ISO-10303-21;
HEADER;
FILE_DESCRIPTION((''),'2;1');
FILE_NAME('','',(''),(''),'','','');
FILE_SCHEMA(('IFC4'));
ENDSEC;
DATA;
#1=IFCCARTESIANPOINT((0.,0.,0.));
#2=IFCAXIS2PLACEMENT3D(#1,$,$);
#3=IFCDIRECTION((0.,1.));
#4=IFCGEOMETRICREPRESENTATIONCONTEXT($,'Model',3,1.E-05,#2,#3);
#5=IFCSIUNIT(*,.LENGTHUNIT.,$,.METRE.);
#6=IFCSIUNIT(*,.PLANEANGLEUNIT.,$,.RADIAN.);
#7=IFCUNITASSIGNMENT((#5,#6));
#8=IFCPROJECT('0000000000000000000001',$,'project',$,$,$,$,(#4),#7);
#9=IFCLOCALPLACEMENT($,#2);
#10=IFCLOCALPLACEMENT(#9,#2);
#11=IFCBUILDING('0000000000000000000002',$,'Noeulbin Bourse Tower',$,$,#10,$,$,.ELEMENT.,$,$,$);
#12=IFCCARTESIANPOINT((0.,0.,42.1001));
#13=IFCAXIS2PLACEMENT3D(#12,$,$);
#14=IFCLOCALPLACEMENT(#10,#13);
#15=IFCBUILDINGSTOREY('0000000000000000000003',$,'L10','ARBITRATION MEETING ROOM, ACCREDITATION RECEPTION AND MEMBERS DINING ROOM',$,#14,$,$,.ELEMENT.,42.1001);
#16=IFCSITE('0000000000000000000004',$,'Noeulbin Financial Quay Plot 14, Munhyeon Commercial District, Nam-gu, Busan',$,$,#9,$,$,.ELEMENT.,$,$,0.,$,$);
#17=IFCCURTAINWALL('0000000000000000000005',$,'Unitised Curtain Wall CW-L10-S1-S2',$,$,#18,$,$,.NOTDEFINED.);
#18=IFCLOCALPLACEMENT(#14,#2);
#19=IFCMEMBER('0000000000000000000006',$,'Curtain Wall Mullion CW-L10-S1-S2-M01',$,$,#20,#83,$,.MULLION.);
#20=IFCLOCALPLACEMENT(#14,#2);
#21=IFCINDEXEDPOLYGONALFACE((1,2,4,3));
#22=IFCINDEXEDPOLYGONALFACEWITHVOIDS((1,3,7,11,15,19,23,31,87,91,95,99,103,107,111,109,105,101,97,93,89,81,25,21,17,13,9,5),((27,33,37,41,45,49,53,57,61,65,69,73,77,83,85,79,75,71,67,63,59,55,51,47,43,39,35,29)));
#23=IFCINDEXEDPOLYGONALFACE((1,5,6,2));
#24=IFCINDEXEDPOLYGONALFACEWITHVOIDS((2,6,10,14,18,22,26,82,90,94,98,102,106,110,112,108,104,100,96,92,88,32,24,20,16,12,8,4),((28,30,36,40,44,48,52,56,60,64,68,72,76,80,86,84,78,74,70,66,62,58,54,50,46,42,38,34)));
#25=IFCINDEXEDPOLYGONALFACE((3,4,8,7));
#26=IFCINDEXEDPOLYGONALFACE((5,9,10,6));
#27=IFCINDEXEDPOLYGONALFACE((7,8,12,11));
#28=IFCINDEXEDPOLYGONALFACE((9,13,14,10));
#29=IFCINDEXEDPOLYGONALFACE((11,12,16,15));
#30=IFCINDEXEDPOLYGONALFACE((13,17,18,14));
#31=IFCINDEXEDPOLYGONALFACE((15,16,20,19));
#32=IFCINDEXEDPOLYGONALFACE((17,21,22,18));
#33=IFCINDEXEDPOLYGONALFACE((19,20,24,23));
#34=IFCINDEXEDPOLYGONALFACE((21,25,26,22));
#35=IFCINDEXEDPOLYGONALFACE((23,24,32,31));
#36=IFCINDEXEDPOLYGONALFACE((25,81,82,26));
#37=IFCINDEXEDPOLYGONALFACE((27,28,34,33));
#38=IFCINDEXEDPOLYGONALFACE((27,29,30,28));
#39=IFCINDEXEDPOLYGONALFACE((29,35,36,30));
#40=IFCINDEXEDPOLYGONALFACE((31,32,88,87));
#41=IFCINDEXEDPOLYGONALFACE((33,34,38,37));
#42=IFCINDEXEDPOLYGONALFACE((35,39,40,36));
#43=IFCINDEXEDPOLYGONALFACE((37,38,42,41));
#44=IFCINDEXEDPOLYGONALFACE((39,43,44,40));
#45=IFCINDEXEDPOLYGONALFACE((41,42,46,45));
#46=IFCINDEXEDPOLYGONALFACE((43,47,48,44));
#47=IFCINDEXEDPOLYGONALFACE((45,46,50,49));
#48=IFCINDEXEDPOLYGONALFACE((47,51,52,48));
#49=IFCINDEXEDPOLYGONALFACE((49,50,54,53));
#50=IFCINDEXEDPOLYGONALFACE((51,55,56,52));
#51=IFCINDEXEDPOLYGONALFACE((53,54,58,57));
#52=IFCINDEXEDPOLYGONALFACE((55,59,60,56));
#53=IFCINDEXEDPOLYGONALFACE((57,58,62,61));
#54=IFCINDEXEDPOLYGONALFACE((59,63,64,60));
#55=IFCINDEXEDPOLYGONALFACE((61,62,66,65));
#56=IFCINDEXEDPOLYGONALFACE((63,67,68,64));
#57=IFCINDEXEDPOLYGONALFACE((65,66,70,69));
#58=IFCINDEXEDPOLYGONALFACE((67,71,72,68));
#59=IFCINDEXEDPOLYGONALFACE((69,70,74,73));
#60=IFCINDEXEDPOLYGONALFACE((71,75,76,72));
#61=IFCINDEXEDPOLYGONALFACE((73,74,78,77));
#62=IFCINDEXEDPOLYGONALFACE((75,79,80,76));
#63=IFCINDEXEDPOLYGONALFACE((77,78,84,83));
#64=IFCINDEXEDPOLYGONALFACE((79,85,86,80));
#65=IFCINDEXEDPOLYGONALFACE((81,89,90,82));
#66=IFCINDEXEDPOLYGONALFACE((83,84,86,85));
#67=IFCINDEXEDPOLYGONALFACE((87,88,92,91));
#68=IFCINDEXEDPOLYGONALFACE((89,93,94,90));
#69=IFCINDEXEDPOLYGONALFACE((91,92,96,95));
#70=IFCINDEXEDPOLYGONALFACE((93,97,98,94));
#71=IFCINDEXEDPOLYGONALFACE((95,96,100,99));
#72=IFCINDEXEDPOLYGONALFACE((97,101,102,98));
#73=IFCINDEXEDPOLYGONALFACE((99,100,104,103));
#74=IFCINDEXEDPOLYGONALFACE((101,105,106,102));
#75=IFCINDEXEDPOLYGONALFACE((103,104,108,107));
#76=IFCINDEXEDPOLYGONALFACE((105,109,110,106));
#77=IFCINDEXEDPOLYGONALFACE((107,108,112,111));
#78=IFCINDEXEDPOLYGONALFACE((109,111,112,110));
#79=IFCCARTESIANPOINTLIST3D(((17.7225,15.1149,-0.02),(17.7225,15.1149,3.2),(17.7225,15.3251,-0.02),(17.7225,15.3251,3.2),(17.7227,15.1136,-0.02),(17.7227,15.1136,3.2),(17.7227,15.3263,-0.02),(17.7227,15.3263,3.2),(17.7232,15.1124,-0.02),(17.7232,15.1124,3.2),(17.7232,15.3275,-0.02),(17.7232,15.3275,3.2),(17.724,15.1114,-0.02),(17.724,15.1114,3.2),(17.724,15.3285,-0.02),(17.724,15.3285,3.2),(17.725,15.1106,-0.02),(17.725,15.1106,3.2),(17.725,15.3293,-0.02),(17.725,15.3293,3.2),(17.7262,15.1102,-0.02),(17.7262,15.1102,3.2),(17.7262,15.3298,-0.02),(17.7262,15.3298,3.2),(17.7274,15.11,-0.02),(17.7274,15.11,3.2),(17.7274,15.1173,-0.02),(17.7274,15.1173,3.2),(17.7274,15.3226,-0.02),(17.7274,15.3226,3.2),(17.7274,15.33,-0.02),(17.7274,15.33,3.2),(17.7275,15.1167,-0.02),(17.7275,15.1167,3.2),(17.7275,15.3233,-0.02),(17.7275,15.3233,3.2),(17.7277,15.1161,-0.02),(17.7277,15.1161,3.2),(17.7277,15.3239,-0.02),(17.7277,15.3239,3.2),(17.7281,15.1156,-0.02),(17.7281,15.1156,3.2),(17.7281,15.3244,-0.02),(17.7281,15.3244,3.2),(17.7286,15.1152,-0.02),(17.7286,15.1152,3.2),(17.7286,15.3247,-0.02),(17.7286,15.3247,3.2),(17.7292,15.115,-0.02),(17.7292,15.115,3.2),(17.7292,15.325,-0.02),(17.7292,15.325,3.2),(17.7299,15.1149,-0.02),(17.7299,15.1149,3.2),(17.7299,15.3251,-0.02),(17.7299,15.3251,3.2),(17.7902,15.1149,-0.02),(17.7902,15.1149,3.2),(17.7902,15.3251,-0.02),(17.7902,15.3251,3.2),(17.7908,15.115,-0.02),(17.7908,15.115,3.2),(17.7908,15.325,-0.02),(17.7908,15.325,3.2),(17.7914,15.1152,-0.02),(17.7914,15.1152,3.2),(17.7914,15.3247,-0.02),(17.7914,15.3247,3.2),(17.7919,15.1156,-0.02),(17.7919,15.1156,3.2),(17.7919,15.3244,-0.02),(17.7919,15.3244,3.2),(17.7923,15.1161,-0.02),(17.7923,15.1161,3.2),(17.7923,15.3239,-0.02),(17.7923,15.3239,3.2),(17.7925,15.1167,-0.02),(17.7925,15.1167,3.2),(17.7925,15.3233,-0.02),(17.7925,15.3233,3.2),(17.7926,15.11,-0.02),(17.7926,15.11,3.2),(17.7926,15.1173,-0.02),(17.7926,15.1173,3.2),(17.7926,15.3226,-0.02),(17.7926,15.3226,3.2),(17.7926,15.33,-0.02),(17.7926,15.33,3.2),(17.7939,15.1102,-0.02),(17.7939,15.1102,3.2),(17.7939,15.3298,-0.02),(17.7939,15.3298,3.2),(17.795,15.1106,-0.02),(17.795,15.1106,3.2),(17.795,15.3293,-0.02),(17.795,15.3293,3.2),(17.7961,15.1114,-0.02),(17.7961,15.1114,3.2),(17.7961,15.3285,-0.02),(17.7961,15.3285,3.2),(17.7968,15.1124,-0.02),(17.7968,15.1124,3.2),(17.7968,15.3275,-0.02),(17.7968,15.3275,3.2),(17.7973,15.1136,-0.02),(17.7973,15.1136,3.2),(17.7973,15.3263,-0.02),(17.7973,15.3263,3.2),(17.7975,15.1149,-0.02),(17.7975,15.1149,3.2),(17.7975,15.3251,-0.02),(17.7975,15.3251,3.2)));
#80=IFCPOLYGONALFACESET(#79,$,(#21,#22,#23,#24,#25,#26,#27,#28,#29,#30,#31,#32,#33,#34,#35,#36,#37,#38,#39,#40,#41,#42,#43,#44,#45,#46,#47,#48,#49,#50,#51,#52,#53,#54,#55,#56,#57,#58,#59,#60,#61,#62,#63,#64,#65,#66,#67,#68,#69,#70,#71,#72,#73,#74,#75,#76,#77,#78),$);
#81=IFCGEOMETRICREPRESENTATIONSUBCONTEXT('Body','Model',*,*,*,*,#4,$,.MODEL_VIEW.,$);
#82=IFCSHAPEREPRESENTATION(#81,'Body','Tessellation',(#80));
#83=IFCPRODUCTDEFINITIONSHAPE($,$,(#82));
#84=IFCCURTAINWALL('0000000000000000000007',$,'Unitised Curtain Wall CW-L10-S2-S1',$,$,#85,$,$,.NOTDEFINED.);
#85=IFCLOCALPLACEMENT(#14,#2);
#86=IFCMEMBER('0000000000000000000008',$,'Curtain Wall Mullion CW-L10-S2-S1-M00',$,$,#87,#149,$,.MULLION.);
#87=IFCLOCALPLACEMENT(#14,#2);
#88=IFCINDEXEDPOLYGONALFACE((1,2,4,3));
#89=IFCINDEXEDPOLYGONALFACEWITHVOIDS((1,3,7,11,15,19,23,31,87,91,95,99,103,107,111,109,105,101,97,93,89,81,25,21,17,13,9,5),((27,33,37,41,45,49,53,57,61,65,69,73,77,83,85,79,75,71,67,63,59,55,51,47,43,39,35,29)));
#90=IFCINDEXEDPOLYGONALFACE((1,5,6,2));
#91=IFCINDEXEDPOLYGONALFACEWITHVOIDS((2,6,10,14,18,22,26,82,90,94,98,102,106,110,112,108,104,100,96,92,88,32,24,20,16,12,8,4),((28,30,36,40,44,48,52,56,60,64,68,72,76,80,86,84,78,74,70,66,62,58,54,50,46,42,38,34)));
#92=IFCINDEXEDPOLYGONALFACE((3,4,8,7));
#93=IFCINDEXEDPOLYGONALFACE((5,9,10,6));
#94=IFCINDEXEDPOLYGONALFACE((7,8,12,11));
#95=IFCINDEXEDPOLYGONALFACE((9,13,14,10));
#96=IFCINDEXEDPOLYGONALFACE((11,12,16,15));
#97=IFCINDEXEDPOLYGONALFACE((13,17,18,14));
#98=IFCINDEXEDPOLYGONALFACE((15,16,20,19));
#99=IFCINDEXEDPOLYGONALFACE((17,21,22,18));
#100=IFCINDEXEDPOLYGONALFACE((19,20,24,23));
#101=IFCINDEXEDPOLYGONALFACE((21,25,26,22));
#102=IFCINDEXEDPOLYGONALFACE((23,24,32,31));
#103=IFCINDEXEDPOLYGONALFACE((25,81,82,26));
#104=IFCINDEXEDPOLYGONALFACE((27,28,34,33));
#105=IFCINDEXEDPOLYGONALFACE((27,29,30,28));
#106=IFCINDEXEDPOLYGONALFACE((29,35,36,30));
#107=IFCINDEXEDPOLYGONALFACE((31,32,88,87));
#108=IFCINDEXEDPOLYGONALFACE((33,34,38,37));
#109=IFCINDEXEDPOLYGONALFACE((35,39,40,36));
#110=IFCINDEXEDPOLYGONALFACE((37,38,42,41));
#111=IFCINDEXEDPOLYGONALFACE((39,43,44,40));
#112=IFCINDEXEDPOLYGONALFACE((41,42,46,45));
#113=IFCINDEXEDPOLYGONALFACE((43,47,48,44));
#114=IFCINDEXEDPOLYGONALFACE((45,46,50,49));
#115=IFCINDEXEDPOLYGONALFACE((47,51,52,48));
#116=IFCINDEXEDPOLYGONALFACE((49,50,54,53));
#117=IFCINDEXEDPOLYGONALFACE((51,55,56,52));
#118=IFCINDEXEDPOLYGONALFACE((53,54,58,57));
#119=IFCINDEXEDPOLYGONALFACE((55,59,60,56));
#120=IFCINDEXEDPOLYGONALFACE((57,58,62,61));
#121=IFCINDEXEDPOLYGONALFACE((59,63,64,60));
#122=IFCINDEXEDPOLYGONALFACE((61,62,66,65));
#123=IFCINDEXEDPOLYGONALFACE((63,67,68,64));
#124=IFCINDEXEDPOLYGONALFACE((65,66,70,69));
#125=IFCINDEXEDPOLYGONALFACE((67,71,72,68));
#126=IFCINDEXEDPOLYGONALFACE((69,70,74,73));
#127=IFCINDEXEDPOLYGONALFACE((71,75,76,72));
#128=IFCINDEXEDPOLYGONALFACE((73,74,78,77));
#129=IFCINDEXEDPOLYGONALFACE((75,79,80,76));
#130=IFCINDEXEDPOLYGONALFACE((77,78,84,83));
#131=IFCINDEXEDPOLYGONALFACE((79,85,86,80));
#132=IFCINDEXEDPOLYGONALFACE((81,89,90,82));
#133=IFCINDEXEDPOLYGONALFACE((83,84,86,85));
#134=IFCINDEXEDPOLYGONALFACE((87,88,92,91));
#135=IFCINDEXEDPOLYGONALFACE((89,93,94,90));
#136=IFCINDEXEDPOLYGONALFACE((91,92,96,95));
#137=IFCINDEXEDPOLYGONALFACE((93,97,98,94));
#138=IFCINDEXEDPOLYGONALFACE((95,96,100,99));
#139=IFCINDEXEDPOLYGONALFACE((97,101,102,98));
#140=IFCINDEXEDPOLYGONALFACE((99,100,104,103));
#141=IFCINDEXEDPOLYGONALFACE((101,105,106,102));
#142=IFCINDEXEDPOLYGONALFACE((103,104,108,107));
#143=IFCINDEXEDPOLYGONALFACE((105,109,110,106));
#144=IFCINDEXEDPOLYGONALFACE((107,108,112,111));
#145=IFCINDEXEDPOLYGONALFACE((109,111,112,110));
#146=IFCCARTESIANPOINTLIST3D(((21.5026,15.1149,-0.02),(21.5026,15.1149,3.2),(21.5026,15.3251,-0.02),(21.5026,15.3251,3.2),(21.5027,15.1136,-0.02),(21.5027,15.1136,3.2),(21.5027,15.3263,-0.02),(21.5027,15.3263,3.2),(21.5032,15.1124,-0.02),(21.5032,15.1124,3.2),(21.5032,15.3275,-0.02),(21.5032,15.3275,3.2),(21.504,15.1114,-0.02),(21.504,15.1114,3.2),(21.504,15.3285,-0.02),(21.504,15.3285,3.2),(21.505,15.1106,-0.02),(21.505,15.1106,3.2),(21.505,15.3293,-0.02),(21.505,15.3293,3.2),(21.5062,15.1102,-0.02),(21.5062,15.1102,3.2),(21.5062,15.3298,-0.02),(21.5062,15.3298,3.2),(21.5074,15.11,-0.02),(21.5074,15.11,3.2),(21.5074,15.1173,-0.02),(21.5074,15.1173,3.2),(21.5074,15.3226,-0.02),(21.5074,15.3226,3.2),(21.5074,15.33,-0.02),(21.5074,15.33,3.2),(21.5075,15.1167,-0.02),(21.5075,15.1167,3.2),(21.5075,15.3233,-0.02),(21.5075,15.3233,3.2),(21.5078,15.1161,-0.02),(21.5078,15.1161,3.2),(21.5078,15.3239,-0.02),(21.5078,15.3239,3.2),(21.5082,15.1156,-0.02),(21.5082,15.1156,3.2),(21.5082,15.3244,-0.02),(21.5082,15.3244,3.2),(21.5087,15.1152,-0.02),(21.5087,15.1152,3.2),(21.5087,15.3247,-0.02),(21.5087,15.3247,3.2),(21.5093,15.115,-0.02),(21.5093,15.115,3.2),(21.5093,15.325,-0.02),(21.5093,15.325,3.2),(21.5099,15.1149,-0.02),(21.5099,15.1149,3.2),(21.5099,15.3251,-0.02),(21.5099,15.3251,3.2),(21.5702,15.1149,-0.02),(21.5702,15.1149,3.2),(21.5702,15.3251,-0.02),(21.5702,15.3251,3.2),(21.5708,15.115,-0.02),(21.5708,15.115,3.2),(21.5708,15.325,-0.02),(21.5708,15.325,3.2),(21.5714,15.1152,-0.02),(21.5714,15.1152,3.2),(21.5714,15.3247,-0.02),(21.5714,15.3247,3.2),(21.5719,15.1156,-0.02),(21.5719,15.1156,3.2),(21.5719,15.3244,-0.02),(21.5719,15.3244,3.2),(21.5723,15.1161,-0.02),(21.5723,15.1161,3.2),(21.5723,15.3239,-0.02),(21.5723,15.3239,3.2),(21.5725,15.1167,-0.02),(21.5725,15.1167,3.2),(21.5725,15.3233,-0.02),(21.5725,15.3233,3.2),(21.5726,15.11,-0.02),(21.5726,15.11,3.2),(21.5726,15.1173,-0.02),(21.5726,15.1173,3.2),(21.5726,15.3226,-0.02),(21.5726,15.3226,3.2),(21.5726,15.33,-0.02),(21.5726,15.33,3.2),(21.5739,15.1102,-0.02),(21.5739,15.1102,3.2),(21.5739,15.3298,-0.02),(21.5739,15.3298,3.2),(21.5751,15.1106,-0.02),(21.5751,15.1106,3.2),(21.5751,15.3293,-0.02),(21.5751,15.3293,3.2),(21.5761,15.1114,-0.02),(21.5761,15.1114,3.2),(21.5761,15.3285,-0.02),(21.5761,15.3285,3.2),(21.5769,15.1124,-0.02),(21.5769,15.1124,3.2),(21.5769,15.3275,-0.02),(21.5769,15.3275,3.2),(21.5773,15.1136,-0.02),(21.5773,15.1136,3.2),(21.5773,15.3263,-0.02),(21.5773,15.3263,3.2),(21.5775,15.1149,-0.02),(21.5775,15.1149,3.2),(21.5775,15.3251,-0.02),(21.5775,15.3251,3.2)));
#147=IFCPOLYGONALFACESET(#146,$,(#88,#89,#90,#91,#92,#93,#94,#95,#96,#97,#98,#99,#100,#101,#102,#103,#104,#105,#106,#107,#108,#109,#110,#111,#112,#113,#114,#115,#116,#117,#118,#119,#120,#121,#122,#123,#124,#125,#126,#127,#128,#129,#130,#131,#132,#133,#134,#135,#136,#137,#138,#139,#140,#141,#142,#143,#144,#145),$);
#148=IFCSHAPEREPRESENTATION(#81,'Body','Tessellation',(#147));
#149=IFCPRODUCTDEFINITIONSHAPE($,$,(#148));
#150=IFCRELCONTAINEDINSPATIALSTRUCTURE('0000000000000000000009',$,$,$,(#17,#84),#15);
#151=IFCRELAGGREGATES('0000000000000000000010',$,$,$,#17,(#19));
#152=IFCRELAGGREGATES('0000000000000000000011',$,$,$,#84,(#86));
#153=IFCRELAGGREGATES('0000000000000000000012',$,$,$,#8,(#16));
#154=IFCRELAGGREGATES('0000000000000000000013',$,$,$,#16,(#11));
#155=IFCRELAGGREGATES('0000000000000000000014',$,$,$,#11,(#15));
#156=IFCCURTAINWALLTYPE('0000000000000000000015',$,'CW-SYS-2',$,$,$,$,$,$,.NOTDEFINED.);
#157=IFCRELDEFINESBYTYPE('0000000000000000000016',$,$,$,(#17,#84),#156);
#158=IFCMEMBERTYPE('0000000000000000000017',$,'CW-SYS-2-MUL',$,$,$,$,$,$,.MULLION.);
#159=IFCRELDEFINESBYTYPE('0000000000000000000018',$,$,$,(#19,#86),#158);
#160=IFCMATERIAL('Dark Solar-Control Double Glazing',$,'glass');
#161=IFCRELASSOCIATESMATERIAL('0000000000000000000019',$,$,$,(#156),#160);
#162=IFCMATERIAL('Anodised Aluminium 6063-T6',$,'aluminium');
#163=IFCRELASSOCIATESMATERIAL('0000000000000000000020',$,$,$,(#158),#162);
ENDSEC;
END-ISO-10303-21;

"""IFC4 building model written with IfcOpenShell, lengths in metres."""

from ifc_helpers import new_model, si_unit, direction, frame, origin, origin_2d, place, context, subcontext, project, spatial, hollow_rectangle, extrude, material, material_profile, profile_set, type_object, element, aggregate, save


model = new_model("IFC4")

# Units and contexts
model_context = context("Model", 3, precision=1e-05, world=origin(), true_north=direction((0.0, 1.0)))
body_context = subcontext(model_context, "Body", "Model", "MODEL_VIEW")
ifc_project = project(units=[si_unit("LENGTHUNIT", "METRE"), si_unit("PLANEANGLEUNIT", "RADIAN")], contexts=[model_context])

# Site, building, storey
site_placement = place(None, origin())
site = spatial("IfcSite", under=ifc_project, at=site_placement, Name="Noeulbin Financial Quay Plot 14, Munhyeon Commercial District, Nam-gu, Busan", CompositionType="ELEMENT", RefElevation=0.0)
building_placement = place(site_placement, origin())
building = spatial("IfcBuilding", under=site, at=building_placement, Name="Noeulbin Bourse Tower", CompositionType="ELEMENT")
storey_placement = place(building_placement, frame((0.0, 0.0, 42.1001)))
storey = spatial("IfcBuildingStorey", under=building, at=storey_placement, Name="L10", Description="ARBITRATION MEETING ROOM, ACCREDITATION RECEPTION AND MEMBERS DINING ROOM", CompositionType="ELEMENT", Elevation=42.1001)

# Curtain wall, member
ifc_material_1 = material(Name="Dark Solar-Control Double Glazing", Category="glass")
curtain_wall_type = type_object("IfcCurtainWallType", Name="CW-SYS-2", PredefinedType="NOTDEFINED", material=ifc_material_1)
curtain_wall_1_placement = place(storey_placement, origin())
curtain_wall_1 = element("IfcCurtainWall", 1, at=curtain_wall_1_placement, inside=storey, type_object=curtain_wall_type, Name="Unitised Curtain Wall CW-L10-S1-S2", PredefinedType="NOTDEFINED")
ifc_material_2 = material(Name="Anodised Aluminium 6063-T6", Category="aluminium")
ifc_material_profile_1 = material_profile(ifc_material_2, hollow_rectangle(XDim=0.075, YDim=0.22, WallThickness=0.0049, InnerFilletRadius=0.0024, OuterFilletRadius=0.0049, at=origin_2d()), Name="ALU-MULL-75x220x5", Category="LoadBearing")
ifc_profile_set_1 = profile_set([ifc_material_profile_1], Name="Anodised Aluminium 6063-T6")
member_type_1 = type_object("IfcMemberType", Name="CW-SYS-2-MUL", PredefinedType="MULLION", material=ifc_profile_set_1)
member_1_placement = place(storey_placement, frame((17.76, 15.22, -0.02), z_axis=(0.0, 0.0, 1.0), x_axis=(1.0, 0.0, 0.0)))
member_1 = element("IfcMember", 2, at=member_1_placement, type_object=member_type_1, Name="Curtain Wall Mullion CW-L10-S1-S2-M01", PredefinedType="MULLION", context=body_context, shape_type="SweptSolid", body=[
    extrude(hollow_rectangle(XDim=0.075, YDim=0.22, WallThickness=0.0049, InnerFilletRadius=0.0024, OuterFilletRadius=0.0049, at=origin_2d()), origin(), (0.0, 0.0, 1.0), 3.22),
])

# Curtain wall, member
curtain_wall_2_placement = place(storey_placement, origin())
curtain_wall_2 = element("IfcCurtainWall", 3, at=curtain_wall_2_placement, inside=storey, type_object=curtain_wall_type, Name="Unitised Curtain Wall CW-L10-S2-S1", PredefinedType="NOTDEFINED")
member_2_placement = place(storey_placement, frame((21.54, 15.22, -0.02), z_axis=(0.0, 0.0, 1.0), x_axis=(1.0, 0.0, 0.0)))
member_2 = element("IfcMember", 4, at=member_2_placement, type_object=member_type_1, Name="Curtain Wall Mullion CW-L10-S2-S1-M00", PredefinedType="MULLION", context=body_context, shape_type="SweptSolid", body=[
    extrude(hollow_rectangle(XDim=0.075, YDim=0.22, WallThickness=0.0049, InnerFilletRadius=0.0024, OuterFilletRadius=0.0049, at=origin_2d()), origin(), (0.0, 0.0, 1.0), 3.22),
])

aggregate(curtain_wall_1, [member_1])
aggregate(curtain_wall_2, [member_2])

save(model, "model.ifc")
